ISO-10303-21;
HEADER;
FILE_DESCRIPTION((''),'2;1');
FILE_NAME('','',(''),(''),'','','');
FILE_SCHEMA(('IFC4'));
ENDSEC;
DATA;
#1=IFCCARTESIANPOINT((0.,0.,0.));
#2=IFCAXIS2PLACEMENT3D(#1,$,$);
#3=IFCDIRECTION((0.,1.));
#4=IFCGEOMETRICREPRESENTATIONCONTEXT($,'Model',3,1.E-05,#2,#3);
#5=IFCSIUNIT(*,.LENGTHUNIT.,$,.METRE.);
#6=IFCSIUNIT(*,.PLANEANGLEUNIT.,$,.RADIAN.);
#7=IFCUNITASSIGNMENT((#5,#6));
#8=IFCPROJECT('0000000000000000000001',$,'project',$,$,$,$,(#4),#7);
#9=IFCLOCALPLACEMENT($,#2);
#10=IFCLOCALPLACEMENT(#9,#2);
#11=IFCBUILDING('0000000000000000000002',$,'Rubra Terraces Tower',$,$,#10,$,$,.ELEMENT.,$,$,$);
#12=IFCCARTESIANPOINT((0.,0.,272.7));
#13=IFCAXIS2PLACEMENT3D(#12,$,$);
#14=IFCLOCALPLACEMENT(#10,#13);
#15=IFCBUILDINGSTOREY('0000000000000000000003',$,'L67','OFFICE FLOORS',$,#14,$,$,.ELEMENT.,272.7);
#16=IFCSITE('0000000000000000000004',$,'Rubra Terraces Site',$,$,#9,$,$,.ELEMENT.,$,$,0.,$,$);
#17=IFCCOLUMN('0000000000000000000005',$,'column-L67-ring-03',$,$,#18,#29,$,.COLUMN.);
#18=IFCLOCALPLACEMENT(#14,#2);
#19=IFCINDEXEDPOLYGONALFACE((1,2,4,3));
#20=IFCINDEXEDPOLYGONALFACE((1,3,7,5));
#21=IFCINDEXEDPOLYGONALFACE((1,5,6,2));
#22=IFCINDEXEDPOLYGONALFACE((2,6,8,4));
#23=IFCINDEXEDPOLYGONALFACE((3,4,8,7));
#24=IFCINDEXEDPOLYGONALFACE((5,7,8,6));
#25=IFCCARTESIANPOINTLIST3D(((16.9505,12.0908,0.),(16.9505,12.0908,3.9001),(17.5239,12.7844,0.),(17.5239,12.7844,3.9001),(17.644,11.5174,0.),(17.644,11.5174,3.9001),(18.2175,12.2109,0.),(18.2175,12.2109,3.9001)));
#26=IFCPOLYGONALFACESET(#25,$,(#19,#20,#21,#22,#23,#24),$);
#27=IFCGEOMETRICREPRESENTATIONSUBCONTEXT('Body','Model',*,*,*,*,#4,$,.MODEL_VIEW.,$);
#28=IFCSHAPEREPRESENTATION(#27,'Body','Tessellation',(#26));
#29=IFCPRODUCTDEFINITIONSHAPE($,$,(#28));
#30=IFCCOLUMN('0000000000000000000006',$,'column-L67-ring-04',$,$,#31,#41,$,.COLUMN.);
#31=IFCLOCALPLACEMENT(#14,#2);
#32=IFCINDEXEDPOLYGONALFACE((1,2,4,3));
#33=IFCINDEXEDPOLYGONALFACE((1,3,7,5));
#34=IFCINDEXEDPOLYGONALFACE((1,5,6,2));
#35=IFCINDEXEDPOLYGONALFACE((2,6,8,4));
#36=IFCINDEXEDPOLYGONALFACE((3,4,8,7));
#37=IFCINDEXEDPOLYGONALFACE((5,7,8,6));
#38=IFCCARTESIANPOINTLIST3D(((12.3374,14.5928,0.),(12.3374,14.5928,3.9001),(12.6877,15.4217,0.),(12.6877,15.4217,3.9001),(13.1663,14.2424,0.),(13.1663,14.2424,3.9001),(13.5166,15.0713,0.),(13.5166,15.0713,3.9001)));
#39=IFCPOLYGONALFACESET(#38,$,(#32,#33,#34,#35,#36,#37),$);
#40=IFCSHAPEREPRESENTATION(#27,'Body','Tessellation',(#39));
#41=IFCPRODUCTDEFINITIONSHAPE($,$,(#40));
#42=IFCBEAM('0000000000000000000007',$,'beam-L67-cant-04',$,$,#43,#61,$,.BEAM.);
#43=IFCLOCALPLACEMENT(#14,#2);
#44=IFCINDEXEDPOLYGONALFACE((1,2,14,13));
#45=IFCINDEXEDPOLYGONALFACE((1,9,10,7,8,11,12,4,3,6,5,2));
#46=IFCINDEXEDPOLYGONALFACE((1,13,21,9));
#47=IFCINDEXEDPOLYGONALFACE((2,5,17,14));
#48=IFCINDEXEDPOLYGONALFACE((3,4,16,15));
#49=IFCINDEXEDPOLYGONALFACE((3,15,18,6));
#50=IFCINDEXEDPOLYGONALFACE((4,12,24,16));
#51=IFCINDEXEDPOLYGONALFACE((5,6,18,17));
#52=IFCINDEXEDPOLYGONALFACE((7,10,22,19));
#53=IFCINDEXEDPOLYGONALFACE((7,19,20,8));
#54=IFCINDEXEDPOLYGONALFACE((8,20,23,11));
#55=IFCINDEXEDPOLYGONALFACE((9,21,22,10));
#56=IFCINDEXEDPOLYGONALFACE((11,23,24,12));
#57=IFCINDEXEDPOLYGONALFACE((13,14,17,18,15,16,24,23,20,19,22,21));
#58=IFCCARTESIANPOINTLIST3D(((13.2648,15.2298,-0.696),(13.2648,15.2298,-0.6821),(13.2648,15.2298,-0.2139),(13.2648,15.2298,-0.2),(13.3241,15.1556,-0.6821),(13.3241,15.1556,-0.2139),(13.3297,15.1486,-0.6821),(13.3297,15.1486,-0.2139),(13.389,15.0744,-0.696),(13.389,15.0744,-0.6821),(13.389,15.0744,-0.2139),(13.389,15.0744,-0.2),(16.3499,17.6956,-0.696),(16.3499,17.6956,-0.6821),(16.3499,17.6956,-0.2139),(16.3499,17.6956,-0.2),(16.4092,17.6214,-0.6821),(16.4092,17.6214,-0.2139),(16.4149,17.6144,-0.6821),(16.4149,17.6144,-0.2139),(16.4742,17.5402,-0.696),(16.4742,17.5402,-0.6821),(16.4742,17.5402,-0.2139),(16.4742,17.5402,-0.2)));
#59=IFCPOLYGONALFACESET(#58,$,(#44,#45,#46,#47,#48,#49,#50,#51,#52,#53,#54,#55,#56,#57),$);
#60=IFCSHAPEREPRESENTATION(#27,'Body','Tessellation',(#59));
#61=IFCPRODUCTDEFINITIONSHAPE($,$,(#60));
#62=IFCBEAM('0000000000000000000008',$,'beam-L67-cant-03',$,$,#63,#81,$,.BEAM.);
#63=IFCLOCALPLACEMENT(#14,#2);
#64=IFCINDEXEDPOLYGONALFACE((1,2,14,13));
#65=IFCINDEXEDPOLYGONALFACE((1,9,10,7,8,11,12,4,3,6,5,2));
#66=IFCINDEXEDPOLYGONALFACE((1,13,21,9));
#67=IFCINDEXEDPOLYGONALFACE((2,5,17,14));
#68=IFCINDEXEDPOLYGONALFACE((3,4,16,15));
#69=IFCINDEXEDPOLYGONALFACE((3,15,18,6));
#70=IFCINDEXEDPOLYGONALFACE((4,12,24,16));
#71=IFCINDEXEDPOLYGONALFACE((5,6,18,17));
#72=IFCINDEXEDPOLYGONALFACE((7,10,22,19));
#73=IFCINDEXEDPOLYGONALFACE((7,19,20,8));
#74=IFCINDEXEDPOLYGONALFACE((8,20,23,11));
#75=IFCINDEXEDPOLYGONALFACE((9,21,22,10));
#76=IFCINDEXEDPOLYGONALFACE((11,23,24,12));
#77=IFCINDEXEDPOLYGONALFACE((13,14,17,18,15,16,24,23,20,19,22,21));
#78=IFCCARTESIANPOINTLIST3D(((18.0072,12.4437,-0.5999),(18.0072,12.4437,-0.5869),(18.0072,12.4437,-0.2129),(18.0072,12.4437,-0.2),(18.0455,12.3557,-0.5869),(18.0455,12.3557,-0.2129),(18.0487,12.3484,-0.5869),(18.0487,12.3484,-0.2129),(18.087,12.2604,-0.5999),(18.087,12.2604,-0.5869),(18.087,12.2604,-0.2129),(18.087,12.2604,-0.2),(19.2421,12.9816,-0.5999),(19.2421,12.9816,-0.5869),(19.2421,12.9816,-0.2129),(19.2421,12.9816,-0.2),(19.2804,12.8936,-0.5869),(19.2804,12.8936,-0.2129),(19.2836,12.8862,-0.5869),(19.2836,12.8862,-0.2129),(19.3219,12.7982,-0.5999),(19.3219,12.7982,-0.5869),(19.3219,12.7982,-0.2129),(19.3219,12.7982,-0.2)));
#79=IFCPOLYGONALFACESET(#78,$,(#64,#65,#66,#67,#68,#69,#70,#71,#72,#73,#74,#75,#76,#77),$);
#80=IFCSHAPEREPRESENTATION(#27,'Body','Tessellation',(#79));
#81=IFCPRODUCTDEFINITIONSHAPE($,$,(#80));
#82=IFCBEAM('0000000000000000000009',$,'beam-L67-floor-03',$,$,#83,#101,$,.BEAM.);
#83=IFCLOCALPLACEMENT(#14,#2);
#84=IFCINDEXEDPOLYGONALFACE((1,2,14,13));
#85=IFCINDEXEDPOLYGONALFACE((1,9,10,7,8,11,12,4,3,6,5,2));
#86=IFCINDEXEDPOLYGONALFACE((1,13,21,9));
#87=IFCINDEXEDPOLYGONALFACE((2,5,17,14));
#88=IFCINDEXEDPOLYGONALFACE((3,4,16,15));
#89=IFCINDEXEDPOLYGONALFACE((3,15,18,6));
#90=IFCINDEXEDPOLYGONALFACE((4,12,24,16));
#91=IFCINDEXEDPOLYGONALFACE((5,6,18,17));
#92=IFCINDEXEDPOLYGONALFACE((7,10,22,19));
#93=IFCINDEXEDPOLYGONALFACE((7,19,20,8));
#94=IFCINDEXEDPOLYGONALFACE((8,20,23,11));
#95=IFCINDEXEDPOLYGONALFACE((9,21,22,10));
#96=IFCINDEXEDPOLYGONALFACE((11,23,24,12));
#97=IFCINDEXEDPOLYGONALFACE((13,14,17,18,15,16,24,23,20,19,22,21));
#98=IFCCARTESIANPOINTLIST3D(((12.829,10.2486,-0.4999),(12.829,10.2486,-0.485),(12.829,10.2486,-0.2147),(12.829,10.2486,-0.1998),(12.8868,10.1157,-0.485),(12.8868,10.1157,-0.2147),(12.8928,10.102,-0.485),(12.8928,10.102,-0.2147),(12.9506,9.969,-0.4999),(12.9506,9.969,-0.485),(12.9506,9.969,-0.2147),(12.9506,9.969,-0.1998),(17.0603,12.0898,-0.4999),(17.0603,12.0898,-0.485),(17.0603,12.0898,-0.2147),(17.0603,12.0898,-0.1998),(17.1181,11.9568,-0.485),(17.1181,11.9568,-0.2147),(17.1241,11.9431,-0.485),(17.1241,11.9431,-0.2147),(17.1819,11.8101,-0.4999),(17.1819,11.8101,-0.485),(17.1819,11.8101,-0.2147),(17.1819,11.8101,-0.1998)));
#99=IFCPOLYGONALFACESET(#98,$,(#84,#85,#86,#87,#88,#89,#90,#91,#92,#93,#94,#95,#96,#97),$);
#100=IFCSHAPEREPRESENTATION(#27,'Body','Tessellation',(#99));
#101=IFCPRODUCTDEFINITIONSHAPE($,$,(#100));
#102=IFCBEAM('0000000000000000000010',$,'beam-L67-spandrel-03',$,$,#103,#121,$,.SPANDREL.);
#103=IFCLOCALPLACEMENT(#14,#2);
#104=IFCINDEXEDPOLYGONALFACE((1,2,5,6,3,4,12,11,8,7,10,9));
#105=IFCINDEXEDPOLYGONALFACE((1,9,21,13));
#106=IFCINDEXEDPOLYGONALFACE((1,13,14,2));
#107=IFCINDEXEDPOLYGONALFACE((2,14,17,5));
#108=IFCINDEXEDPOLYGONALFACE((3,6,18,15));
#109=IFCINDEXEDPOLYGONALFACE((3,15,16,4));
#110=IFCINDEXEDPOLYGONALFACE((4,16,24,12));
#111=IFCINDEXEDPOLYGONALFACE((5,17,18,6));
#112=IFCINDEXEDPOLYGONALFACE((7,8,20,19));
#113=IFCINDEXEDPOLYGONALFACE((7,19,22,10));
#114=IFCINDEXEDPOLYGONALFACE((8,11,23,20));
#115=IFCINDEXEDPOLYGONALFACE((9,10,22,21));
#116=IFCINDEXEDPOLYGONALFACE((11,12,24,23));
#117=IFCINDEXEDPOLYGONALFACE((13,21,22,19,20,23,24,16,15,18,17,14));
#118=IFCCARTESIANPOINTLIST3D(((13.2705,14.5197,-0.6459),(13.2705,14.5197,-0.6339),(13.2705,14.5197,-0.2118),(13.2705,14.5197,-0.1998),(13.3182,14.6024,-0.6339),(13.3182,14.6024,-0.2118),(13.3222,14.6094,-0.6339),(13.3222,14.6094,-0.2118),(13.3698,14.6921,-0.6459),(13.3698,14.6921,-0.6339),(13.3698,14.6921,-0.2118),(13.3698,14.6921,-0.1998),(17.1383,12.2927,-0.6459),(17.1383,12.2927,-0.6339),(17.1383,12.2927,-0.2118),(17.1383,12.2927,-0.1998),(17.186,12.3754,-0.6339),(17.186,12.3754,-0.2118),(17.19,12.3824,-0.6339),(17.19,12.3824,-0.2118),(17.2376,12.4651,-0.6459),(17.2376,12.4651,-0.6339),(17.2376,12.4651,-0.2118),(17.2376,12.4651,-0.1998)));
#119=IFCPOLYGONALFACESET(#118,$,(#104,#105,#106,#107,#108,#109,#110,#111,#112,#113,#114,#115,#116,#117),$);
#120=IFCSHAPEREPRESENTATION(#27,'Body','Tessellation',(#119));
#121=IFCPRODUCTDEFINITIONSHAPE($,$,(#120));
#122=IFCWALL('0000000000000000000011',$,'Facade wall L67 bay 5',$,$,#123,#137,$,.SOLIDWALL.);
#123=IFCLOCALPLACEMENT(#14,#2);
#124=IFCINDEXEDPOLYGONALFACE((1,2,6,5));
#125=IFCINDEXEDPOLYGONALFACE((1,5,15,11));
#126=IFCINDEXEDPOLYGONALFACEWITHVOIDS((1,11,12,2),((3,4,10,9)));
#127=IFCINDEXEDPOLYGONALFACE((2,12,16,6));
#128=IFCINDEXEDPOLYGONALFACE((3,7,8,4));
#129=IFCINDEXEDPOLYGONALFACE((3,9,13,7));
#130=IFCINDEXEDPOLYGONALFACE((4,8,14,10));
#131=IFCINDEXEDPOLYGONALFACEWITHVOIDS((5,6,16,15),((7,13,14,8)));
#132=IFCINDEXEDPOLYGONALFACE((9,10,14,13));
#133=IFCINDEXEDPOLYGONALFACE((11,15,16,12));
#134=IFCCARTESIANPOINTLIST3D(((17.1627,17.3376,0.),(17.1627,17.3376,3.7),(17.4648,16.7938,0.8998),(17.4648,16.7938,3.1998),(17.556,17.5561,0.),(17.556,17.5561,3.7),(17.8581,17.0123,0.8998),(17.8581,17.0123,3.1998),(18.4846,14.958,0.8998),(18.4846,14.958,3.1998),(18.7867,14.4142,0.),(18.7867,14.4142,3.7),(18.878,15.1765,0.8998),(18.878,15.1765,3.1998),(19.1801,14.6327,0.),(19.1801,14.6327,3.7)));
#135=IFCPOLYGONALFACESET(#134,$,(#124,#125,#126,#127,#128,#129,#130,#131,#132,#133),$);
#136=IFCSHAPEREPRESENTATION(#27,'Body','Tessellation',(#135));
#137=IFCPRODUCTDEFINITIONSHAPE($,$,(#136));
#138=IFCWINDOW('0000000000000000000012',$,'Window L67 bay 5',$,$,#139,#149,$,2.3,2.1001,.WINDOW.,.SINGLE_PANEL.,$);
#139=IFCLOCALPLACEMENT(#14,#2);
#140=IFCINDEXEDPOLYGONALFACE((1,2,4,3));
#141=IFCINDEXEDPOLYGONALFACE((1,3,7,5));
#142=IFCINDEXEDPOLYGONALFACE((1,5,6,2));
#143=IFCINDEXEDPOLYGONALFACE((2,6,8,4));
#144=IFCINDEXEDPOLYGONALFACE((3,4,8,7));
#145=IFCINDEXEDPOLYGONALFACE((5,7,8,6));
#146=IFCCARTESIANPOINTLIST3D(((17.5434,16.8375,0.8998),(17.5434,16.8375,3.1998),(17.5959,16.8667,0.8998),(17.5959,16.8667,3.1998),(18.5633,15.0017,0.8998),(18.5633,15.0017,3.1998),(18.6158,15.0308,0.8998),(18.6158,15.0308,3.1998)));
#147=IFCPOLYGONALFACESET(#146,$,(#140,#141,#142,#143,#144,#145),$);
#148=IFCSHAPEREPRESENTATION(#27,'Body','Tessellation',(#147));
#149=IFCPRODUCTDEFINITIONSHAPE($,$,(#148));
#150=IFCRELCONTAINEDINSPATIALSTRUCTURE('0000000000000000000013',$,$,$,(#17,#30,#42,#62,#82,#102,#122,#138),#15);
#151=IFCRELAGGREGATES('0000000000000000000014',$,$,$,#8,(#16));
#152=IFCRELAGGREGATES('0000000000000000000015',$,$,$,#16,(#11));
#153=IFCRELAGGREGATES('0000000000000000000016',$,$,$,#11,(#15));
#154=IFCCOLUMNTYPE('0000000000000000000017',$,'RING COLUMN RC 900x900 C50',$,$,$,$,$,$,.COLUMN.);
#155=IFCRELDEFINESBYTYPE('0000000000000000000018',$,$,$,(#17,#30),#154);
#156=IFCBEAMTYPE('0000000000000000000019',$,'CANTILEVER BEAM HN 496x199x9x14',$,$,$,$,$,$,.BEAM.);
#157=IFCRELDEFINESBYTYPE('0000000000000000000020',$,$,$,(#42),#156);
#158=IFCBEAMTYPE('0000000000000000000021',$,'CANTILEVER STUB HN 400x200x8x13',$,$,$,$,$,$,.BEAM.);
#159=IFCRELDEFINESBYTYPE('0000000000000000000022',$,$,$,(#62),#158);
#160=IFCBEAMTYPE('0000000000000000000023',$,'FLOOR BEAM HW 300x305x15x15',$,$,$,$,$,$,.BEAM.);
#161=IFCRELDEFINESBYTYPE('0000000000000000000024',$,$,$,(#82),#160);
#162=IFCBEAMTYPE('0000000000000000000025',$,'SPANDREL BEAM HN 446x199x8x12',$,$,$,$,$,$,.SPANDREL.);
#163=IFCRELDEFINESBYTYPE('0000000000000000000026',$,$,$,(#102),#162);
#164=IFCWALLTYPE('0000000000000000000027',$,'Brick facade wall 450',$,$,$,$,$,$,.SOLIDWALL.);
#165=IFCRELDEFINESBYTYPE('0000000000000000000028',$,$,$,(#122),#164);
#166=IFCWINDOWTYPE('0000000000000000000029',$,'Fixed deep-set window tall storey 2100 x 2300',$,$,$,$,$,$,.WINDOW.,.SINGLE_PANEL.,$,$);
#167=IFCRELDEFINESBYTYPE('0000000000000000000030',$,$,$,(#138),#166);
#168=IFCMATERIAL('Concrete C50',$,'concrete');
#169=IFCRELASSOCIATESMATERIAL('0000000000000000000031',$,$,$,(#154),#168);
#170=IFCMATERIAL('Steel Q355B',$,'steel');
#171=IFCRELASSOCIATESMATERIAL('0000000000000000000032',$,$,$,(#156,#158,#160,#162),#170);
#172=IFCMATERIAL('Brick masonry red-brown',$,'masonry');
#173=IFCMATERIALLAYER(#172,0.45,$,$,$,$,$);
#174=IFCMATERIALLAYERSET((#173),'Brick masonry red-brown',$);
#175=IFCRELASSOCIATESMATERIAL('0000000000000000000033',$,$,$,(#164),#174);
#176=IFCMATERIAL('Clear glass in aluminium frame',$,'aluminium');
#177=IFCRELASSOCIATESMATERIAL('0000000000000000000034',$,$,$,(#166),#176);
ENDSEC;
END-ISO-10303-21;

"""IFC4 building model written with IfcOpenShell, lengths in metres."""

from ifc_helpers import new_model, si_unit, direction, frame, frame_2d, origin, origin_2d, place, context, subcontext, project, spatial, rectangle, i_section, extrude, material, layer, layer_set, material_profile, profile_set, type_object, element, fill, save


model = new_model("IFC4")

# Units and contexts
model_context = context("Model", 3, precision=1e-05, world=origin(), true_north=direction((0.0, 1.0)))
body_context = subcontext(model_context, "Body", "Model", "MODEL_VIEW")
ifc_project = project(units=[si_unit("LENGTHUNIT", "METRE"), si_unit("PLANEANGLEUNIT", "RADIAN")], contexts=[model_context])

# Site, building, storey
site_placement = place(None, origin())
site = spatial("IfcSite", under=ifc_project, at=site_placement, Name="Rubra Terraces Site", CompositionType="ELEMENT", RefElevation=0.0)
building_placement = place(site_placement, origin())
building = spatial("IfcBuilding", under=site, at=building_placement, Name="Rubra Terraces Tower", CompositionType="ELEMENT")
storey_placement = place(building_placement, frame((0.0, 0.0, 272.7)))
storey = spatial("IfcBuildingStorey", under=building, at=storey_placement, Name="L67", Description="OFFICE FLOORS", CompositionType="ELEMENT", Elevation=272.7)

# Columns
ifc_material_1 = material(Name="Concrete C50", Category="concrete")
ifc_material_profile_1 = material_profile(ifc_material_1, rectangle(XDim=0.8999, YDim=0.8999, at=origin_2d()), Name="RC 900x900")
ifc_profile_set_1 = profile_set([ifc_material_profile_1], Name="Concrete C50")
column_type = type_object("IfcColumnType", Name="RING COLUMN RC 900x900 C50", PredefinedType="COLUMN", material=ifc_profile_set_1)
for number, where, z_axis, x_axis, name in (
    (1, (17.584, 12.1509, 0.0), (0.0, 0.0, 1.0), (-0.770679, 0.637223, 0.0), "column-L67-ring-03"),
    (2, (12.927, 14.832, 0.0), (0.0, 0.0, 1.0), (-0.921106, 0.389313, 0.0), "column-L67-ring-04"),
):
    element("IfcColumn", number, at=place(storey_placement, frame(where, z_axis=z_axis, x_axis=x_axis)), inside=storey, type_object=column_type, Name=name, PredefinedType="COLUMN", context=body_context, shape_type="SweptSolid", body=[
        extrude(rectangle(XDim=0.8999, YDim=0.8999, at=origin_2d()), origin(), (0.0, 0.0, 1.0), 3.9001),
    ])

# Beams
ifc_material_2 = material(Name="Steel Q355B", Category="steel")
ifc_material_profile_2 = material_profile(ifc_material_2, i_section(OverallWidth=0.199, OverallDepth=0.4961, WebThickness=0.009, FlangeThickness=0.0139, at=origin_2d()), Name="HN 496x199x9x14")
ifc_profile_set_2 = profile_set([ifc_material_profile_2], Name="Steel Q355B")
beam_type_1 = type_object("IfcBeamType", Name="CANTILEVER BEAM HN 496x199x9x14", PredefinedType="BEAM", material=ifc_profile_set_2)
beam_1_placement = place(storey_placement, frame((13.3269, 15.1521, -0.448), z_axis=(0.781158, 0.624333, 0.0), x_axis=(-0.624333, 0.781158, 0.0)))
element("IfcBeam", 3, at=beam_1_placement, inside=storey, type_object=beam_type_1, Name="beam-L67-cant-04", PredefinedType="BEAM", context=body_context, shape_type="SweptSolid", body=[
    extrude(i_section(OverallWidth=0.199, OverallDepth=0.4961, WebThickness=0.009, FlangeThickness=0.0139, at=origin_2d()), origin(), (0.0, 0.0, 1.0), 3.9495),
])
ifc_material_profile_3 = material_profile(ifc_material_2, i_section(OverallWidth=0.2, OverallDepth=0.3999, WebThickness=0.0081, FlangeThickness=0.0129, at=origin_2d()), Name="HN 400x200x8x13")
ifc_profile_set_3 = profile_set([ifc_material_profile_3], Name="Steel Q355B")
beam_type_2 = type_object("IfcBeamType", Name="CANTILEVER STUB HN 400x200x8x13", PredefinedType="BEAM", material=ifc_profile_set_3)
beam_2_placement = place(storey_placement, frame((18.0471, 12.3521, -0.3999), z_axis=(0.916813, 0.399316, 0.0), x_axis=(-0.399316, 0.916813, 0.0)))
element("IfcBeam", 4, at=beam_2_placement, inside=storey, type_object=beam_type_2, Name="beam-L67-cant-03", PredefinedType="BEAM", context=body_context, shape_type="SweptSolid", body=[
    extrude(i_section(OverallWidth=0.2, OverallDepth=0.3999, WebThickness=0.0081, FlangeThickness=0.0129, at=origin_2d()), origin(), (0.0, 0.0, 1.0), 1.3469),
])
ifc_material_profile_4 = material_profile(ifc_material_2, i_section(OverallWidth=0.3049, OverallDepth=0.3, WebThickness=0.0149, FlangeThickness=0.0149, at=origin_2d()), Name="HW 300x305x15x15")
ifc_profile_set_4 = profile_set([ifc_material_profile_4], Name="Steel Q355B")
beam_type_3 = type_object("IfcBeamType", Name="FLOOR BEAM HW 300x305x15x15", PredefinedType="BEAM", material=ifc_profile_set_4)
beam_3_placement = place(storey_placement, frame((17.1211, 11.95, -0.3499), z_axis=(-0.916958, -0.398983, 0.0), x_axis=(0.398983, -0.916958, 0.0)))
element("IfcBeam", 5, at=beam_3_placement, inside=storey, type_object=beam_type_3, Name="beam-L67-floor-03", PredefinedType="BEAM", context=body_context, shape_type="SweptSolid", body=[
    extrude(i_section(OverallWidth=0.3049, OverallDepth=0.3, WebThickness=0.0149, FlangeThickness=0.0149, at=origin_2d()), origin(), (0.0, 0.0, 1.0), 4.6145),
])
ifc_material_profile_5 = material_profile(ifc_material_2, i_section(OverallWidth=0.199, OverallDepth=0.446, WebThickness=0.0081, FlangeThickness=0.012, at=origin_2d()), Name="HN 446x199x8x12")
ifc_profile_set_5 = profile_set([ifc_material_profile_5], Name="Steel Q355B")
beam_type_4 = type_object("IfcBeamType", Name="SPANDREL BEAM HN 446x199x8x12", PredefinedType="SPANDREL", material=ifc_profile_set_5)
beam_4_placement = place(storey_placement, frame((17.188, 12.3789, -0.4229), z_axis=(-0.866616, 0.498976, 0.0), x_axis=(-0.498976, -0.866616, 0.0)))
element("IfcBeam", 6, at=beam_4_placement, inside=storey, type_object=beam_type_4, Name="beam-L67-spandrel-03", PredefinedType="SPANDREL", context=body_context, shape_type="SweptSolid", body=[
    extrude(i_section(OverallWidth=0.199, OverallDepth=0.446, WebThickness=0.0081, FlangeThickness=0.012, at=origin_2d()), origin(), (0.0, 0.0, 1.0), 4.4631),
])

# Wall, opening, window
ifc_material_3 = material(Name="Brick masonry red-brown", Category="masonry")
ifc_layer_1 = layer(ifc_material_3, 0.45)
ifc_layer_set_1 = layer_set([ifc_layer_1], Name="Brick masonry red-brown")
wall_type_1 = type_object("IfcWallType", Name="Brick facade wall 450", PredefinedType="SOLIDWALL", material=ifc_layer_set_1)
wall_1_placement = place(storey_placement, frame((18.9834, 14.5234, 0.0), z_axis=(0.0, 0.0, 1.0), x_axis=(-0.485631, 0.874164, 0.0)))
wall_1 = element("IfcWall", 7, at=wall_1_placement, inside=storey, type_object=wall_type_1, Name="Facade wall L67 bay 5", PredefinedType="SOLIDWALL", context=body_context, shape_type="SweptSolid", body=[
    extrude(rectangle(XDim=3.3442, YDim=0.45, at=frame_2d((1.6721, 0.0))), origin(), (0.0, 0.0, 1.0), 3.7),
])
opening_1_placement = place(wall_1_placement, frame((0.6221, 0.0, 0.8999)))
opening_1 = element("IfcOpeningElement", 8, at=opening_1_placement, cuts=wall_1, PredefinedType="OPENING", context=body_context, shape_type="SweptSolid", body=[
    extrude(rectangle(XDim=2.1001, YDim=2.3, at=frame_2d((1.05, 1.1499))), frame((0.0, 0.2349, 0.0), z_axis=(0.0, -1.0, 0.0), x_axis=(1.0, 0.0, 0.0)), (0.0, 0.0, 1.0), 0.47),
])
ifc_material_4 = material(Name="Clear glass in aluminium frame", Category="aluminium")
window_type = type_object("IfcWindowType", Name="Fixed deep-set window tall storey 2100 x 2300", PartitioningType="SINGLE_PANEL", PredefinedType="WINDOW", material=ifc_material_4)
window_1_placement = place(opening_1_placement, origin())
window_1 = element("IfcWindow", 9, at=window_1_placement, inside=storey, type_object=window_type, Name="Window L67 bay 5", OverallHeight=2.3, OverallWidth=2.1001, PartitioningType="SINGLE_PANEL", PredefinedType="WINDOW", context=body_context, shape_type="SweptSolid", body=[
    extrude(rectangle(XDim=2.1001, YDim=2.3, at=frame_2d((1.05, 1.1499))), frame((0.0, 0.135, 0.0), z_axis=(0.0, -1.0, 0.0), x_axis=(1.0, 0.0, 0.0)), (0.0, 0.0, 1.0), 0.0601),
])
fill(opening_1, window_1)

save(model, "model.ifc")
